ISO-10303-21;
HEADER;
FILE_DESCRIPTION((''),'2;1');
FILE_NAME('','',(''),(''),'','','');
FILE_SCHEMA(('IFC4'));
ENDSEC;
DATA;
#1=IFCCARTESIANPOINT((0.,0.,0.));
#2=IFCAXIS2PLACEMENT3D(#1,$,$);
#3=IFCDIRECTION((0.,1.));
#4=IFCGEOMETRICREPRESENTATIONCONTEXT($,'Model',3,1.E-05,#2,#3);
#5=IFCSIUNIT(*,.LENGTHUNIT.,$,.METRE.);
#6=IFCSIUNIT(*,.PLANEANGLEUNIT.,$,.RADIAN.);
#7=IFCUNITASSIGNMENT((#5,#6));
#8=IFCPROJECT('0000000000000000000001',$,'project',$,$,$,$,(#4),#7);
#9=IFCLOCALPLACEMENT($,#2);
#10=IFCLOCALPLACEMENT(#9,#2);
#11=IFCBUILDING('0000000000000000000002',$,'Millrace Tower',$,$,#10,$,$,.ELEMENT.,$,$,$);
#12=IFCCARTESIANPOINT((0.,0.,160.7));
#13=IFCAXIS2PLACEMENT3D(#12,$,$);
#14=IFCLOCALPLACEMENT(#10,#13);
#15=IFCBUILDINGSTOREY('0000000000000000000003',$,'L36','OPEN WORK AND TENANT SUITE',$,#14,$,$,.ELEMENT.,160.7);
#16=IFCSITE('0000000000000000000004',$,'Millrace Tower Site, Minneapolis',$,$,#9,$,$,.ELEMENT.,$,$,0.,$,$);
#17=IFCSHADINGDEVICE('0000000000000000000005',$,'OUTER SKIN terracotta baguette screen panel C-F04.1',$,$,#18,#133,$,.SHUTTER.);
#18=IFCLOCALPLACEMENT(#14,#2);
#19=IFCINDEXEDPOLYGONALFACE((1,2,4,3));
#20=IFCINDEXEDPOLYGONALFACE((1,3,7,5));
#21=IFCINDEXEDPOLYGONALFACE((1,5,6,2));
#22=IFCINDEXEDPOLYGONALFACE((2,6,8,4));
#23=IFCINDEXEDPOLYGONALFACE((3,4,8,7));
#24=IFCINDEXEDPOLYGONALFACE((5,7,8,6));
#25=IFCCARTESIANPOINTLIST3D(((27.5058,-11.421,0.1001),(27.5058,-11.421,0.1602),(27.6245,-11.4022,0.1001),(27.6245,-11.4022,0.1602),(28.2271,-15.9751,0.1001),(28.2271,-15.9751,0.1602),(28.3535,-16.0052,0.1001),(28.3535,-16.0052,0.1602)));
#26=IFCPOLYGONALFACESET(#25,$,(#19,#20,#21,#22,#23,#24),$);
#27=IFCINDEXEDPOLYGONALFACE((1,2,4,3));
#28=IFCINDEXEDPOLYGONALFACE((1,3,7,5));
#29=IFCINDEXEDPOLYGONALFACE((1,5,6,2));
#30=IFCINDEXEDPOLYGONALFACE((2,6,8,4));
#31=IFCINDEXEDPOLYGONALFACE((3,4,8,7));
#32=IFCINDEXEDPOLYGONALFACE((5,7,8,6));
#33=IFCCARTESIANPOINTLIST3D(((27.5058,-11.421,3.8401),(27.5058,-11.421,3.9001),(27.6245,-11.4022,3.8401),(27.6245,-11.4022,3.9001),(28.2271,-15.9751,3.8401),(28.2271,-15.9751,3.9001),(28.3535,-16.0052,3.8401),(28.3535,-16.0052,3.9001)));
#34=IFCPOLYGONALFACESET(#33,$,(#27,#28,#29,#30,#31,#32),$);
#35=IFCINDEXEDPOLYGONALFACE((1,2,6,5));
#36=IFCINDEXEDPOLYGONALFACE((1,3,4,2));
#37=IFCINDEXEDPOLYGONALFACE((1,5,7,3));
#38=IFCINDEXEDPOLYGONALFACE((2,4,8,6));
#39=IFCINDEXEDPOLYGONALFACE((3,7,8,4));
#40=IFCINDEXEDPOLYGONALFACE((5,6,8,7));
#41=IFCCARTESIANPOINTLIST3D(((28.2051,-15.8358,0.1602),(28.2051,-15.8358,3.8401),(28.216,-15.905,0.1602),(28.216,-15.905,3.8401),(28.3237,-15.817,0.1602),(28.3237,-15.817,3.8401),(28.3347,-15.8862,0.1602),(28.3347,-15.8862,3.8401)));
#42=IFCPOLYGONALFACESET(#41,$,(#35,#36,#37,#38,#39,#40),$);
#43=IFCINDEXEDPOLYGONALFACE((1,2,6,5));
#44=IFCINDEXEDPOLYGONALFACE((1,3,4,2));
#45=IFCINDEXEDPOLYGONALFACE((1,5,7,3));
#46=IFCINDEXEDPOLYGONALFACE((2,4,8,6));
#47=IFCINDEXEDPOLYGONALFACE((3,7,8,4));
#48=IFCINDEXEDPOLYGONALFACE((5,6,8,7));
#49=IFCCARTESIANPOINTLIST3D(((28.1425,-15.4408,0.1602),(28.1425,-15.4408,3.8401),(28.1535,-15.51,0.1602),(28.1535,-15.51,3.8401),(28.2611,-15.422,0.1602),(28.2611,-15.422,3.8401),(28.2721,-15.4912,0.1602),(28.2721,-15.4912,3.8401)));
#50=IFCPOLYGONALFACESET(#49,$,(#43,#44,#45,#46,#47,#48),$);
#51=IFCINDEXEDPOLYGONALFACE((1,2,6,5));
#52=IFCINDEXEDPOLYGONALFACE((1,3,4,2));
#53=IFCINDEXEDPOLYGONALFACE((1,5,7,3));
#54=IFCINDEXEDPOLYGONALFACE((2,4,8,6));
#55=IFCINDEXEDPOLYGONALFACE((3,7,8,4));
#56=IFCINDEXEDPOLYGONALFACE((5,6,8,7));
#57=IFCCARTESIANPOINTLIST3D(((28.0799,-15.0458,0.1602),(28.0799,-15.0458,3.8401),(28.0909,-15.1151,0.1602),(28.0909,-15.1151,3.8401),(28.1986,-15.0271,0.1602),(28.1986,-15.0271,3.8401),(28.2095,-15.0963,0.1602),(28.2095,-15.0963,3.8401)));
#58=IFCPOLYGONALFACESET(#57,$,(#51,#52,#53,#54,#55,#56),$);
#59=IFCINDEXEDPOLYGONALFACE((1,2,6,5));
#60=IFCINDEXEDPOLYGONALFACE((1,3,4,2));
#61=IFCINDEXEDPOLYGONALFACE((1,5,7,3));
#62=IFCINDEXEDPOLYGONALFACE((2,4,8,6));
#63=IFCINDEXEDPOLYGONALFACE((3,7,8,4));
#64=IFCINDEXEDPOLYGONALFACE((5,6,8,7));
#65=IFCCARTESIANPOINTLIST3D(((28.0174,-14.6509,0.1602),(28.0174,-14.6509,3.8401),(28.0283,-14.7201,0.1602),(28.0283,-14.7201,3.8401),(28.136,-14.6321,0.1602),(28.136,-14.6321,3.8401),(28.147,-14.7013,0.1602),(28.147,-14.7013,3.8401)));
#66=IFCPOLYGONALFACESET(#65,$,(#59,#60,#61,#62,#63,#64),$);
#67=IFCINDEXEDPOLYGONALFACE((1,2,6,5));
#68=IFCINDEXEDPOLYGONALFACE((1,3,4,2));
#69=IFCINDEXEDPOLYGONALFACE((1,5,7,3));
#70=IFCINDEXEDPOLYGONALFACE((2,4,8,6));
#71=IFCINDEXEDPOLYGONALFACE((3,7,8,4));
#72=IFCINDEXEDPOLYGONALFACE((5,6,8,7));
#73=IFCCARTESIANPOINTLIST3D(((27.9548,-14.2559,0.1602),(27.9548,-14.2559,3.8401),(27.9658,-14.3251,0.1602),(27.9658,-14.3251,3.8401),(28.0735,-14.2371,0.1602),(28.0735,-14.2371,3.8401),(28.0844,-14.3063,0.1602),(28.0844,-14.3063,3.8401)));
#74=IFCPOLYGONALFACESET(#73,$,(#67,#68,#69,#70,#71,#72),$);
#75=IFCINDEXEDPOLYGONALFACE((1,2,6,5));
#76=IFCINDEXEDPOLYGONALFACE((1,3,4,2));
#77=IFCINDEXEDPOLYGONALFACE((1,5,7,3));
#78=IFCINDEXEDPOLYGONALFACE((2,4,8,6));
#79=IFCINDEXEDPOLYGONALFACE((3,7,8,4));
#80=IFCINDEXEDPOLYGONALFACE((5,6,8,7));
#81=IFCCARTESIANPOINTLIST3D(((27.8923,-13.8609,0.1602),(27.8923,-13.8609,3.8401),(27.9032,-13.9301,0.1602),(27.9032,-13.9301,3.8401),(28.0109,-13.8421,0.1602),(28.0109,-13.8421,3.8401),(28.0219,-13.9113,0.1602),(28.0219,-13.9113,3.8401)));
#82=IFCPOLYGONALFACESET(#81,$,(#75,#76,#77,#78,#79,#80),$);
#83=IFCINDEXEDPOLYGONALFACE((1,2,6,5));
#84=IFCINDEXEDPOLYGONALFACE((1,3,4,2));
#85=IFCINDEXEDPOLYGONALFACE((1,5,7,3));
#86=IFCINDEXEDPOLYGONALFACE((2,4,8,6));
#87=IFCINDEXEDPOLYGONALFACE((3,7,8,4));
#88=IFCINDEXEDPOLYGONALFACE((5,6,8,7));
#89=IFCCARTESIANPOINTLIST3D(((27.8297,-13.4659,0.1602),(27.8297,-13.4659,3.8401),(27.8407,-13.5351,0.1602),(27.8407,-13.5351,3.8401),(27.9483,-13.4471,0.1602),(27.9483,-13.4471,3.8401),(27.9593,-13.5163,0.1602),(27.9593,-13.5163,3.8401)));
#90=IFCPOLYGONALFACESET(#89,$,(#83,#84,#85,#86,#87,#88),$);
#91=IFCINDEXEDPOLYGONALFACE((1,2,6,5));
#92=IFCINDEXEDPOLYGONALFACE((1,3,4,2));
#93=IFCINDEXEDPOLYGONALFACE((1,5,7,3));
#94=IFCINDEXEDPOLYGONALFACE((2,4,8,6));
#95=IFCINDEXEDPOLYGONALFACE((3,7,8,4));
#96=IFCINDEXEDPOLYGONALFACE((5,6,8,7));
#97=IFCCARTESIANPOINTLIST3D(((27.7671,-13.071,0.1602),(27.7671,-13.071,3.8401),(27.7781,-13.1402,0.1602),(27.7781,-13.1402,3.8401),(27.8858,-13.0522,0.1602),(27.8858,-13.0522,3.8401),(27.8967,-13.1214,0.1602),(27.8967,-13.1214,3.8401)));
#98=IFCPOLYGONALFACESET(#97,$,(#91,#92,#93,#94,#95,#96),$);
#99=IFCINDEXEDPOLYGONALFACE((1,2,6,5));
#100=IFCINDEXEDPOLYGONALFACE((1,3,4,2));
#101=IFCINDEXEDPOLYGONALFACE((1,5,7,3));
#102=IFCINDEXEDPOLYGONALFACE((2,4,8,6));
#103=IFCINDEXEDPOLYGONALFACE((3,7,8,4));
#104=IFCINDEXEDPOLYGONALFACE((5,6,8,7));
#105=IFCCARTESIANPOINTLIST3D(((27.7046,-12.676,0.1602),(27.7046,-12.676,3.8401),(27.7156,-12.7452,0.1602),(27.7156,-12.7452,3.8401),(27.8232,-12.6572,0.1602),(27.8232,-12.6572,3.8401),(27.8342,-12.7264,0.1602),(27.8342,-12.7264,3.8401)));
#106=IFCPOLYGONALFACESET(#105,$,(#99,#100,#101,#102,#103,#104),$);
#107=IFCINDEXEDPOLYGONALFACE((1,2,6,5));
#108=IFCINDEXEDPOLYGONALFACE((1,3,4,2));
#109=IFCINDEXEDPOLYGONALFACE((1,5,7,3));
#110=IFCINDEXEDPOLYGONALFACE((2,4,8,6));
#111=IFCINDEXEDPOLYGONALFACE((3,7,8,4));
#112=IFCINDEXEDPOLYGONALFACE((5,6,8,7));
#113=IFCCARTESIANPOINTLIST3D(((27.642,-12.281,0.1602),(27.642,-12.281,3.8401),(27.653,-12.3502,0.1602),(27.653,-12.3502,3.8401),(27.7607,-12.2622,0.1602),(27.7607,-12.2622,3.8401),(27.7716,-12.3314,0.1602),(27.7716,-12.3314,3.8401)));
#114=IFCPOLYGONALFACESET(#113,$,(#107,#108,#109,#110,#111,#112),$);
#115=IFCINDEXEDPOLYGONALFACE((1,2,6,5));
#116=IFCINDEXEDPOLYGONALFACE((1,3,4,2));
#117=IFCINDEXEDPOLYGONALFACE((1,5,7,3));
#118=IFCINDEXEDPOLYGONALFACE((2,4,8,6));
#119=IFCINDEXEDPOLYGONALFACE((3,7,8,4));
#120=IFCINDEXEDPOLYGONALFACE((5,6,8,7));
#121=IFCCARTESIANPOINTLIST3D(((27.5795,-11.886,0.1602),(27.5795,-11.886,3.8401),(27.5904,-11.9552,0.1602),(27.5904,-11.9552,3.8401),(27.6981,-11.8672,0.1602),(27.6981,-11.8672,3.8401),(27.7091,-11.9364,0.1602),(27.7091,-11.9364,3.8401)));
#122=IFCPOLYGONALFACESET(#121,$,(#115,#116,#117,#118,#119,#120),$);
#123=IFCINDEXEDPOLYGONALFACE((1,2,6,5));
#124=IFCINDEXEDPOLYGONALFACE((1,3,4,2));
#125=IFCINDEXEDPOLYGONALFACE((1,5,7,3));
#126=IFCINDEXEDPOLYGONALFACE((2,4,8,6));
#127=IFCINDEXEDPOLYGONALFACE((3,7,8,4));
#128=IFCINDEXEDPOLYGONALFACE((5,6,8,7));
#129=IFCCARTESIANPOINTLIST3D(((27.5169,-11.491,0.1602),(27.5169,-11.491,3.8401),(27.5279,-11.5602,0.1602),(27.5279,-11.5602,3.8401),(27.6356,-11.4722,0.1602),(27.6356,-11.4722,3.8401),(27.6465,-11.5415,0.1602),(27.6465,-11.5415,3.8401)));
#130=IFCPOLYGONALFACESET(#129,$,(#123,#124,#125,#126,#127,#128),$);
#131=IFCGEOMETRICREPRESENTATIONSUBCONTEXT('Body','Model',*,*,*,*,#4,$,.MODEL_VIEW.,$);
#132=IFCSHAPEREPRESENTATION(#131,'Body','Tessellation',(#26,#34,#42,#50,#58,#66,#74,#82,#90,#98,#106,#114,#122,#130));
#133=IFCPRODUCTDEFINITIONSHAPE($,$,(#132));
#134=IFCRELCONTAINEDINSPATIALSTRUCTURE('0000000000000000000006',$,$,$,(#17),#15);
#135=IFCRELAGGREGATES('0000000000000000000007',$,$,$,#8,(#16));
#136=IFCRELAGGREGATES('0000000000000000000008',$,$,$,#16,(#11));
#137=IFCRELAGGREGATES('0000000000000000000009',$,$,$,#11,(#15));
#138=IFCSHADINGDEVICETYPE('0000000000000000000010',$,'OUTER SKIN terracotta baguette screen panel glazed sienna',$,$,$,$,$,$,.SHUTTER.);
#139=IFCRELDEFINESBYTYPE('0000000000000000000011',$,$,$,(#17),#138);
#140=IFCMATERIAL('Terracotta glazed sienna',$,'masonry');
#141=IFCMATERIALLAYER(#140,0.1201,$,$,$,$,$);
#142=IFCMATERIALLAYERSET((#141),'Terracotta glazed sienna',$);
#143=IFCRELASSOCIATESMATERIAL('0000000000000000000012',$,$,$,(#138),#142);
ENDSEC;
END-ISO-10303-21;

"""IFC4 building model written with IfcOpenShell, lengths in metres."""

from ifc_helpers import new_model, entity, si_unit, direction, frame, frame_2d, origin, place, context, subcontext, project, spatial, rectangle, extrude, source, transform, mapped, material, layer, layer_set, type_object, element, save


model = new_model("IFC4")

# Units and contexts
model_context = context("Model", 3, precision=1e-05, world=origin(), true_north=direction((0.0, 1.0)))
body_context = subcontext(model_context, "Body", "Model", "MODEL_VIEW")
ifc_project = project(units=[si_unit("LENGTHUNIT", "METRE"), si_unit("PLANEANGLEUNIT", "RADIAN")], contexts=[model_context])

# Site, building, storey
site_placement = place(None, origin())
site = spatial("IfcSite", under=ifc_project, at=site_placement, Name="Millrace Tower Site, Minneapolis", CompositionType="ELEMENT", RefElevation=0.0)
building_placement = place(site_placement, origin())
building = spatial("IfcBuilding", under=site, at=building_placement, Name="Millrace Tower", CompositionType="ELEMENT")
storey_placement = place(building_placement, frame((0.0, 0.0, 160.7)))
storey = spatial("IfcBuildingStorey", under=building, at=storey_placement, Name="L36", Description="OPEN WORK AND TENANT SUITE", CompositionType="ELEMENT", Elevation=160.7)

# Shading device
ifc_material_1 = material(Name="Terracotta glazed sienna", Category="masonry")
ifc_layer_1 = layer(ifc_material_1, 0.1201)
ifc_layer_set_1 = layer_set([ifc_layer_1], Name="Terracotta glazed sienna")
shading_device_type = type_object("IfcShadingDeviceType", Name="OUTER SKIN terracotta baguette screen panel glazed sienna", PredefinedType="SHUTTER", material=ifc_layer_set_1)
cartesian_point_1 = entity("IfcCartesianPoint", [-2.293, 0.0601])
shared_polyline_1 = entity("IfcPolyline", [cartesian_point_1, entity("IfcCartesianPoint", [2.3179, 0.0601]), entity("IfcCartesianPoint", [2.3179, -0.0601]), entity("IfcCartesianPoint", [-2.3425, -0.0601]), cartesian_point_1])
shared_shape_1 = source(origin(), body_context, "Body", "SweptSolid", [
    entity("IfcExtrudedAreaSolid", entity("IfcArbitraryClosedProfileDef", "AREA", None, shared_polyline_1), entity("IfcAxis2Placement3D", entity("IfcCartesianPoint", [0.0, 0.0, 0.0])), entity("IfcDirection", [0.0, 0.0, 1.0]), 0.0601),
    entity("IfcExtrudedAreaSolid", entity("IfcArbitraryClosedProfileDef", "AREA", None, shared_polyline_1), entity("IfcAxis2Placement3D", entity("IfcCartesianPoint", [0.0, 0.0, 3.74])), entity("IfcDirection", [0.0, 0.0, 1.0]), 0.0601),
    extrude(rectangle(XDim=0.0701, YDim=0.1201, at=frame_2d((-2.187, 0.0))), frame((0.0, 0.0, 0.0601)), (0.0, 0.0, 1.0), 3.6799),
    extrude(rectangle(XDim=0.0701, YDim=0.1201, at=frame_2d((-1.7871, 0.0))), frame((0.0, 0.0, 0.0601)), (0.0, 0.0, 1.0), 3.6799),
    extrude(rectangle(XDim=0.0701, YDim=0.1201, at=frame_2d((-1.3872, 0.0))), frame((0.0, 0.0, 0.0601)), (0.0, 0.0, 1.0), 3.6799),
    extrude(rectangle(XDim=0.0701, YDim=0.1201, at=frame_2d((-0.9873, 0.0))), frame((0.0, 0.0, 0.0601)), (0.0, 0.0, 1.0), 3.6799),
    extrude(rectangle(XDim=0.0701, YDim=0.1201, at=frame_2d((-0.5874, 0.0))), frame((0.0, 0.0, 0.0601)), (0.0, 0.0, 1.0), 3.6799),
    extrude(rectangle(XDim=0.0701, YDim=0.1201, at=frame_2d((-0.1875, 0.0))), frame((0.0, 0.0, 0.0601)), (0.0, 0.0, 1.0), 3.6799),
    extrude(rectangle(XDim=0.0701, YDim=0.1201, at=frame_2d((0.2124, 0.0))), frame((0.0, 0.0, 0.0601)), (0.0, 0.0, 1.0), 3.6799),
    extrude(rectangle(XDim=0.0701, YDim=0.1201, at=frame_2d((0.6123, 0.0))), frame((0.0, 0.0, 0.0601)), (0.0, 0.0, 1.0), 3.6799),
    extrude(rectangle(XDim=0.0701, YDim=0.1201, at=frame_2d((1.0122, 0.0))), frame((0.0, 0.0, 0.0601)), (0.0, 0.0, 1.0), 3.6799),
    extrude(rectangle(XDim=0.0701, YDim=0.1201, at=frame_2d((1.4121, 0.0))), frame((0.0, 0.0, 0.0601)), (0.0, 0.0, 1.0), 3.6799),
    extrude(rectangle(XDim=0.0701, YDim=0.1201, at=frame_2d((1.812, 0.0))), frame((0.0, 0.0, 0.0601)), (0.0, 0.0, 1.0), 3.6799),
    extrude(rectangle(XDim=0.0701, YDim=0.1201, at=frame_2d((2.2119, 0.0))), frame((0.0, 0.0, 0.0601)), (0.0, 0.0, 1.0), 3.6799),
])
shading_device_1_placement = place(storey_placement, frame((27.9277, -13.7009, 0.1001), z_axis=(0.0, 0.0, 1.0), x_axis=(-0.156434, 0.987688, 0.0)))
element("IfcShadingDevice", 1, at=shading_device_1_placement, inside=storey, type_object=shading_device_type, Name="OUTER SKIN terracotta baguette screen panel C-F04.1", PredefinedType="SHUTTER", context=body_context, shape_type="MappedRepresentation", body=[
    mapped(shared_shape_1, transform((0.0, 0.0, 0.0), scale=1.0)),
])

save(model, "model.ifc")
